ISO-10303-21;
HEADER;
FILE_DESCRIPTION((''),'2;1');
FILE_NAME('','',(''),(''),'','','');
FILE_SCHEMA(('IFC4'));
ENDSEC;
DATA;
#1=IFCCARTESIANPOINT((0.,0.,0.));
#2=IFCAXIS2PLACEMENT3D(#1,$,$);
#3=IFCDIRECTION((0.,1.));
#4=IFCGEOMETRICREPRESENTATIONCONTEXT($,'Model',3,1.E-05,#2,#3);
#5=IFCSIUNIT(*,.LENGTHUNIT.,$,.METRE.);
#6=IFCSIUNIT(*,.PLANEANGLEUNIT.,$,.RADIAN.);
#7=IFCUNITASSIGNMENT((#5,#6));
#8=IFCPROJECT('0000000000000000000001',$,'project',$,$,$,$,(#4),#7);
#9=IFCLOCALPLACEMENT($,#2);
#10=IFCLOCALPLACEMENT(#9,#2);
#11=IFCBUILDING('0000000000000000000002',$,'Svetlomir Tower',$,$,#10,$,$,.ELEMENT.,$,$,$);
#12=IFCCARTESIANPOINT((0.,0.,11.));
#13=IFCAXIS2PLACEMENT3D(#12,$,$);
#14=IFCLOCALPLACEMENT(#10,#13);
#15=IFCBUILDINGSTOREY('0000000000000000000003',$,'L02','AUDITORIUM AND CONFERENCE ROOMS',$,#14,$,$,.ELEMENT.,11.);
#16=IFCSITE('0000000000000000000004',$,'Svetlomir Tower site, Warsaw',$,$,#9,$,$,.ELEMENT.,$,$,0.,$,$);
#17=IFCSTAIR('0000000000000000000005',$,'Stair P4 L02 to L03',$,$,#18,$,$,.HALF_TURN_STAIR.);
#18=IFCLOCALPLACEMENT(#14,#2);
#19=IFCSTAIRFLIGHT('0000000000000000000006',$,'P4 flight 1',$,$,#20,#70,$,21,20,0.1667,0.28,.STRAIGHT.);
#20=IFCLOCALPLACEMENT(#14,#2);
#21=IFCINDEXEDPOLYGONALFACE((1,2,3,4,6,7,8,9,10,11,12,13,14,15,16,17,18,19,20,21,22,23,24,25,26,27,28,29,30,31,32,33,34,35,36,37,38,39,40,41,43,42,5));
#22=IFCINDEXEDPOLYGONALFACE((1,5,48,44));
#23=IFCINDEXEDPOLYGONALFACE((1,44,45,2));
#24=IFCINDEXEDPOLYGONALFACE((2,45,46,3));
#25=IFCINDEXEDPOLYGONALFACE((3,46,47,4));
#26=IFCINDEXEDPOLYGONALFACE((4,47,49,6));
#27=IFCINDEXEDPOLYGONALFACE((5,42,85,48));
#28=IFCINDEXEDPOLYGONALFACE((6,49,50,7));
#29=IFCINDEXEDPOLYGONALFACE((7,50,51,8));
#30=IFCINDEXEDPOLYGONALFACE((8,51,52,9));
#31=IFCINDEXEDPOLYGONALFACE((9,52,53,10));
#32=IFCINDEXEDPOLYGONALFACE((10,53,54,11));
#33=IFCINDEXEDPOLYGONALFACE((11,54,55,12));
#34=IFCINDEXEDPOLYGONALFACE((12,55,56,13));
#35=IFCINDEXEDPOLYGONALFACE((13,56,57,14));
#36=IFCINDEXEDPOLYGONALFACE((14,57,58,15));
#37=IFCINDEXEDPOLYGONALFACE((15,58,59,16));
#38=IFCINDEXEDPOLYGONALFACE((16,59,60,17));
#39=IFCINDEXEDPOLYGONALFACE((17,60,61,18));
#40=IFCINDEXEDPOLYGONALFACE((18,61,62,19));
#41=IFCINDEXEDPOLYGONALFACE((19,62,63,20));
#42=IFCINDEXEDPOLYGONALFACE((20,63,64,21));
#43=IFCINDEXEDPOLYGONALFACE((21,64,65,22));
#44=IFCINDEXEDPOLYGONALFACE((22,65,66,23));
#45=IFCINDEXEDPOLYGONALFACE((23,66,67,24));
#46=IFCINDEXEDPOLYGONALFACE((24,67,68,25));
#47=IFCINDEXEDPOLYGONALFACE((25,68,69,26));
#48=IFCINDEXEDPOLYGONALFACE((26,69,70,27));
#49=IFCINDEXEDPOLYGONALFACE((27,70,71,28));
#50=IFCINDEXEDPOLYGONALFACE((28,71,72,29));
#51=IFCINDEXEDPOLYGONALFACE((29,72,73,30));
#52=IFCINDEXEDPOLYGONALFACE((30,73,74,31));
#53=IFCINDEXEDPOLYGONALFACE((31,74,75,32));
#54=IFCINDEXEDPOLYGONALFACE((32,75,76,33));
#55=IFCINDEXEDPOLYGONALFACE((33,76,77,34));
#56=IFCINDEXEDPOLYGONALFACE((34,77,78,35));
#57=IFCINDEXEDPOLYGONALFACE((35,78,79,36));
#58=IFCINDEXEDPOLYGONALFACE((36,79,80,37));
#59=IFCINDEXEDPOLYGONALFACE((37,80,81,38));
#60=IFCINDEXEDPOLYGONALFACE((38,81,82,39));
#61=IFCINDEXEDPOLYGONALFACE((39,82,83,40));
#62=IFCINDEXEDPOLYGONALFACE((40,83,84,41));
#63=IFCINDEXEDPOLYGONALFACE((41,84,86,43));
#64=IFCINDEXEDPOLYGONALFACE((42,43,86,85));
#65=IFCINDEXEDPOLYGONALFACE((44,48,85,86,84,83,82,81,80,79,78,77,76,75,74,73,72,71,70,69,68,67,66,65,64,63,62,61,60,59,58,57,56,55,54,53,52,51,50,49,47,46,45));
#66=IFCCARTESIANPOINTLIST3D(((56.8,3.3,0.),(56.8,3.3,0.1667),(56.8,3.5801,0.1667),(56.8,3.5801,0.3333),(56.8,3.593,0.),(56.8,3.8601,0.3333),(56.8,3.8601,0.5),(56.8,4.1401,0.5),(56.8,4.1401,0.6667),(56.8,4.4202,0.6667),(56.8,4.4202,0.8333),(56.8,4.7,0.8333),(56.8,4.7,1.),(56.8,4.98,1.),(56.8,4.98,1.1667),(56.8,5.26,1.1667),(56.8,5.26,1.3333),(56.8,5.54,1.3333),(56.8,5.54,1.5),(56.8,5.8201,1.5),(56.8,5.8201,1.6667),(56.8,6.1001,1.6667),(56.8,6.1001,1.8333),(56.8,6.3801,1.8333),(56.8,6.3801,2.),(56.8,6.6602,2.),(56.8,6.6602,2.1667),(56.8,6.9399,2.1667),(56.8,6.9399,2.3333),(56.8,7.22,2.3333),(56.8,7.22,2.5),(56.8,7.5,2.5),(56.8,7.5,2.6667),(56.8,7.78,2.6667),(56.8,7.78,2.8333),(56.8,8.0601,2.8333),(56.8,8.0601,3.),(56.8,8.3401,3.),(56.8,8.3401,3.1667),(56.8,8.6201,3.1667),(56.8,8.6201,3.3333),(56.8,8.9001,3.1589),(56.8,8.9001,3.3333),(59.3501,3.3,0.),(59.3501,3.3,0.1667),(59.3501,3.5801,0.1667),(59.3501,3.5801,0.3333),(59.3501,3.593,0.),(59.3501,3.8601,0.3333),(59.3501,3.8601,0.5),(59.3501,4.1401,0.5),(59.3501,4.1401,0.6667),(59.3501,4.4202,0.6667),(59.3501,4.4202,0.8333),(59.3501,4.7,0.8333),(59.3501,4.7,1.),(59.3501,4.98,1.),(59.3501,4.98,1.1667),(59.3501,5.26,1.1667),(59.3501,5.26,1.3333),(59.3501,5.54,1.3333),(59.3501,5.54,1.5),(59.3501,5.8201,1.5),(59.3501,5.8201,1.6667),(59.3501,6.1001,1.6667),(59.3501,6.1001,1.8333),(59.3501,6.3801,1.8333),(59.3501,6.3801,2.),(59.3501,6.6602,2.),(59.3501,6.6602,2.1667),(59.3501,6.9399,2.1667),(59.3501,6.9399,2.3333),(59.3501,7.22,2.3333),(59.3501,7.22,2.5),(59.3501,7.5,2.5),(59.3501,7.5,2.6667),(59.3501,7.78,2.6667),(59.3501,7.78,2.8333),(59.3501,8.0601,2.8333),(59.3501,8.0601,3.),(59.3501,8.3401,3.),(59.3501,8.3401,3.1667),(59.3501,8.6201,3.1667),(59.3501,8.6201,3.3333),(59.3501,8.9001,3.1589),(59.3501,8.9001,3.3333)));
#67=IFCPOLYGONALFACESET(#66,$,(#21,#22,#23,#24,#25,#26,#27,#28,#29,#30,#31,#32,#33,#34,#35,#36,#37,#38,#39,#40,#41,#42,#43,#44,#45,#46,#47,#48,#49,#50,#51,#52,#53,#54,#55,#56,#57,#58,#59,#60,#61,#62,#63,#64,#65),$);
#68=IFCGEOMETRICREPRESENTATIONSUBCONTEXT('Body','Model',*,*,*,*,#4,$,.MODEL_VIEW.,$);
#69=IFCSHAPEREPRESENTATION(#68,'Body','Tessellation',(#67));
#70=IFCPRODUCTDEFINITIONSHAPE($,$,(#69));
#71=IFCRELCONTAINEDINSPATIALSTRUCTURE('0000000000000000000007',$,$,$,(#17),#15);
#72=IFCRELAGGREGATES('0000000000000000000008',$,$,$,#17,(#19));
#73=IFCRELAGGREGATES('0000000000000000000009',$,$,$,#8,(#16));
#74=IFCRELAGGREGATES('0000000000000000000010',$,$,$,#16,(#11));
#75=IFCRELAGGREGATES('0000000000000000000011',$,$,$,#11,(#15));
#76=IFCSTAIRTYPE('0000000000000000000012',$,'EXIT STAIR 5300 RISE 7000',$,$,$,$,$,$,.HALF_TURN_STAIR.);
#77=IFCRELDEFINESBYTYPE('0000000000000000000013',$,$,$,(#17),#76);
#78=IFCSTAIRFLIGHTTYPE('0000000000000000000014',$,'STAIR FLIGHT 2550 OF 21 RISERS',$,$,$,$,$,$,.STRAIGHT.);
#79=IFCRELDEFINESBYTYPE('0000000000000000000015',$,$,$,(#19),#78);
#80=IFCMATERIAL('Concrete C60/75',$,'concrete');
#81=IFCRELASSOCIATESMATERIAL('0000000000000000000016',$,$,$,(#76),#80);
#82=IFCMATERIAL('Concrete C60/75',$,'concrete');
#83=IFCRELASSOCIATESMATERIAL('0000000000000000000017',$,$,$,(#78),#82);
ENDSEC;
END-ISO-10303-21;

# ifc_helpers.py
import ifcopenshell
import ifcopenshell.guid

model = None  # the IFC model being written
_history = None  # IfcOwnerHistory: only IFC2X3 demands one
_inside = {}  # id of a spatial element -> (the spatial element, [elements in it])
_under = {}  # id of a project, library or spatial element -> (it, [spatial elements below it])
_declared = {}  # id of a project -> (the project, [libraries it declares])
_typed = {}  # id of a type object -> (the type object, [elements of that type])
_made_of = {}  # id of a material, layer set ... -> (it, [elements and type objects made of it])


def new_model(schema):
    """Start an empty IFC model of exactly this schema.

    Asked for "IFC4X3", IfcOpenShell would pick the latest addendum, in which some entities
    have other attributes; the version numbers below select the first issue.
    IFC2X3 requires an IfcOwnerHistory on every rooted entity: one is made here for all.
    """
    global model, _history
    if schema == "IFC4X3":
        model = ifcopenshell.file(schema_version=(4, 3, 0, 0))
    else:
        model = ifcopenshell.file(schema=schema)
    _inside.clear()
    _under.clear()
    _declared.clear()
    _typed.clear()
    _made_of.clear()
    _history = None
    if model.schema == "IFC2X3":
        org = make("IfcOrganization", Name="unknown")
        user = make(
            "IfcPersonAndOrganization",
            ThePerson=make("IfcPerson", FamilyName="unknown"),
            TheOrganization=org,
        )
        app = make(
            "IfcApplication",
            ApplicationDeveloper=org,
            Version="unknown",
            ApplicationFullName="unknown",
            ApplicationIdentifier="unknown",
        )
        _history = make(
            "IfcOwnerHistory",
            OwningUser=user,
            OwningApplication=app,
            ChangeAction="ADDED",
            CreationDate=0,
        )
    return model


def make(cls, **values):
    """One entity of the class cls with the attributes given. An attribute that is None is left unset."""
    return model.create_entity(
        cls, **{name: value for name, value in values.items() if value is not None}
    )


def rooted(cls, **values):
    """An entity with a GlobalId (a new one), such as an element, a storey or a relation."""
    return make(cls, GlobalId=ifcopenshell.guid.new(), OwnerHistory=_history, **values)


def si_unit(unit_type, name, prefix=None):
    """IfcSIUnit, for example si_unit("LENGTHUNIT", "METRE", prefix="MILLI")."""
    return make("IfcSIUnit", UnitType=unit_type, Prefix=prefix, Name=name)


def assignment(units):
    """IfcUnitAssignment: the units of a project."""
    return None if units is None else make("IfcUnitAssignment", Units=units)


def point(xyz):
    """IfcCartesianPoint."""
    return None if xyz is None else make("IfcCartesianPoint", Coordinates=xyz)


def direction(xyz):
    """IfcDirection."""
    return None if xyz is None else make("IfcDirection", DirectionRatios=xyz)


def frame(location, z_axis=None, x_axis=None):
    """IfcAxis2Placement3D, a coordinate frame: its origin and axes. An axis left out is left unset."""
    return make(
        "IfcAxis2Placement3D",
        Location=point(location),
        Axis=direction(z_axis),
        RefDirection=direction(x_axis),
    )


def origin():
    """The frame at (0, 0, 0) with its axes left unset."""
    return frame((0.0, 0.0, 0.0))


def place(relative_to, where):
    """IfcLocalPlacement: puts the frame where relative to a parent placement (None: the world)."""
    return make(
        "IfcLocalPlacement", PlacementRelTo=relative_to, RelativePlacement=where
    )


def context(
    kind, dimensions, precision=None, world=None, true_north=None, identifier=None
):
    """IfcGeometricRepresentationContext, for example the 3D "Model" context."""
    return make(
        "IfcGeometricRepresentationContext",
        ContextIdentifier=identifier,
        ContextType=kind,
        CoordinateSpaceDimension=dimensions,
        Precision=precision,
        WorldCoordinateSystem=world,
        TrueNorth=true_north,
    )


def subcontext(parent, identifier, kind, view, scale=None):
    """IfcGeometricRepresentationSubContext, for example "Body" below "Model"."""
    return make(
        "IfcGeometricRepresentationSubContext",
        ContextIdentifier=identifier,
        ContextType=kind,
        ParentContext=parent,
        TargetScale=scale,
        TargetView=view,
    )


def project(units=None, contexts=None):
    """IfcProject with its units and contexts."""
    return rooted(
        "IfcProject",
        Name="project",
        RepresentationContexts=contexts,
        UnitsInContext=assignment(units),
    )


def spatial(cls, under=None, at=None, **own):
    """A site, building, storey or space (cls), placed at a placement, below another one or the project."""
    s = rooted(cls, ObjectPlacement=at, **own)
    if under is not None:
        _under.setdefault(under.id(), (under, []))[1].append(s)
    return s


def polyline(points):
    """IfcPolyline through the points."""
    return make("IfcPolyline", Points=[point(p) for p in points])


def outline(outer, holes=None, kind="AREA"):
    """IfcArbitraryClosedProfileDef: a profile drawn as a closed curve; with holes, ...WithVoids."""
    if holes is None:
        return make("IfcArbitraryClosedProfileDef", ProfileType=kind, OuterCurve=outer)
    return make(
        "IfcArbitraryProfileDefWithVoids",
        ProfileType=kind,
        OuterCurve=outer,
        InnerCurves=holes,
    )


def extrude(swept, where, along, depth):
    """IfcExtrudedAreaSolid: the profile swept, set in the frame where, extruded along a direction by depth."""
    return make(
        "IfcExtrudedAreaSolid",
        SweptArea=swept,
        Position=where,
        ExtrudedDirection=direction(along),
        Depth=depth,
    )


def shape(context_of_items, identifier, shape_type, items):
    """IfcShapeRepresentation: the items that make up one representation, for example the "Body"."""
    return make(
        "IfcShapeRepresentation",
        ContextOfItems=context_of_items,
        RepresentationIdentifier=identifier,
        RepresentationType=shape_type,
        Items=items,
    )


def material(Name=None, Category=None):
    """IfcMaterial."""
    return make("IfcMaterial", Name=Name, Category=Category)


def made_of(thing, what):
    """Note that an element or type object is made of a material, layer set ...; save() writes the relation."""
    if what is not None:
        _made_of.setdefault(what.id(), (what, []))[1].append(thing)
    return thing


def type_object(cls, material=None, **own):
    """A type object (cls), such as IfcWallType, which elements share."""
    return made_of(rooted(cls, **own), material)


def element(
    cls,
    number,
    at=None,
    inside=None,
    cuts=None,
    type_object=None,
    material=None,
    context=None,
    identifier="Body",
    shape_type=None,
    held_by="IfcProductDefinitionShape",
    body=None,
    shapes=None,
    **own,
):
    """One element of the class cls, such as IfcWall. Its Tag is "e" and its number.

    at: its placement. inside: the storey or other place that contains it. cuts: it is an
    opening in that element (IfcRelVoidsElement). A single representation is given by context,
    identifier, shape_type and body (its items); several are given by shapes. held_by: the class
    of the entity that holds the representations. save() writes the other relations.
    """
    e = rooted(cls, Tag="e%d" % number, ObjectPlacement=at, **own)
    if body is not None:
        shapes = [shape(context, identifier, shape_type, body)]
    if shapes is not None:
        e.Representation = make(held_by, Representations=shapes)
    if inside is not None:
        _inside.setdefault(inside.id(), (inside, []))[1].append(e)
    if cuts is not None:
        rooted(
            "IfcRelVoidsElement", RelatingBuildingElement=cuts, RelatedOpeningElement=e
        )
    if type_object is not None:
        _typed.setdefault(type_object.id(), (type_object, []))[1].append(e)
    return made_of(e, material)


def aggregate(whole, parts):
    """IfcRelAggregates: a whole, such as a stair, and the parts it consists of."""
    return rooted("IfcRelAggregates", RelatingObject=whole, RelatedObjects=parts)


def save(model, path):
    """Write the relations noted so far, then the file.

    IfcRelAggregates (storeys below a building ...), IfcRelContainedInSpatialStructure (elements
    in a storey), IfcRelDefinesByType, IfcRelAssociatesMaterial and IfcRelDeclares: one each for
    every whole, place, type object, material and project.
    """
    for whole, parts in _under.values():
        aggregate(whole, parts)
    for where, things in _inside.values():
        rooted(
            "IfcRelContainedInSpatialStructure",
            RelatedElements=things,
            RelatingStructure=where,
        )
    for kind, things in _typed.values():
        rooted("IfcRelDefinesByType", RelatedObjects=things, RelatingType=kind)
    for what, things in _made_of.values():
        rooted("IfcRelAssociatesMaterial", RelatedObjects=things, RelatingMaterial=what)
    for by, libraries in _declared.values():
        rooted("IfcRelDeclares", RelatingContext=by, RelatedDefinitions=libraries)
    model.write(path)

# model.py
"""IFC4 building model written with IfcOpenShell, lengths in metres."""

from ifc_helpers import new_model, si_unit, direction, frame, origin, place, context, subcontext, project, spatial, polyline, outline, extrude, material, type_object, element, aggregate, save


model = new_model("IFC4")

# Units and contexts
model_context = context("Model", 3, precision=1e-05, world=origin(), true_north=direction((0.0, 1.0)))
body_context = subcontext(model_context, "Body", "Model", "MODEL_VIEW")
ifc_project = project(units=[si_unit("LENGTHUNIT", "METRE"), si_unit("PLANEANGLEUNIT", "RADIAN")], contexts=[model_context])

# Site, building, storey
site_placement = place(None, origin())
site = spatial("IfcSite", under=ifc_project, at=site_placement, Name="Svetlomir Tower site, Warsaw", CompositionType="ELEMENT", RefElevation=0.0)
building_placement = place(site_placement, origin())
building = spatial("IfcBuilding", under=site, at=building_placement, Name="Svetlomir Tower", CompositionType="ELEMENT")
storey_placement = place(building_placement, frame((0.0, 0.0, 11.0)))
storey = spatial("IfcBuildingStorey", under=building, at=storey_placement, Name="L02", Description="AUDITORIUM AND CONFERENCE ROOMS", CompositionType="ELEMENT", Elevation=11.0)

# Stair, stair flight
ifc_material_1 = material(Name="Concrete C60/75", Category="concrete")
stair_type = type_object("IfcStairType", Name="EXIT STAIR 5300 RISE 7000", PredefinedType="HALF_TURN_STAIR", material=ifc_material_1)
stair_placement = place(storey_placement, origin())
stair = element("IfcStair", 1, at=stair_placement, inside=storey, type_object=stair_type, Name="Stair P4 L02 to L03", PredefinedType="HALF_TURN_STAIR")
ifc_material_2 = material(Name="Concrete C60/75", Category="concrete")
stair_flight_type = type_object("IfcStairFlightType", Name="STAIR FLIGHT 2550 OF 21 RISERS", PredefinedType="STRAIGHT", material=ifc_material_2)
stair_flight_placement = place(storey_placement, frame((58.075, 3.3, 0.0), z_axis=(0.0, 0.0, 1.0), x_axis=(0.0, 1.0, 0.0)))
stair_flight = element("IfcStairFlight", 2, at=stair_flight_placement, type_object=stair_flight_type, Name="P4 flight 1", NumberOfRisers=21, NumberOfTreads=20, PredefinedType="STRAIGHT", RiserHeight=0.1667, TreadLength=0.28, context=body_context, shape_type="SweptSolid", body=[
    extrude(outline(polyline([(0.0, 0.0), (0.0, 0.1667), (0.28, 0.1667), (0.28, 0.3333), (0.5601, 0.3333), (0.5601, 0.5), (0.8401, 0.5), (0.8401, 0.6667), (1.1201, 0.6667), (1.1201, 0.8333), (1.3999, 0.8333), (1.3999, 1.0), (1.6799, 1.0), (1.6799, 1.1667), (1.96, 1.1667), (1.96, 1.3333), (2.24, 1.3333), (2.24, 1.5), (2.52, 1.5), (2.52, 1.6667), (2.8, 1.6667), (2.8, 1.8333), (3.0801, 1.8333), (3.0801, 2.0), (3.3601, 2.0), (3.3601, 2.1667), (3.6399, 2.1667), (3.6399, 2.3333), (3.9199, 2.3333), (3.9199, 2.5), (4.2, 2.5), (4.2, 2.6667), (4.48, 2.6667), (4.48, 2.8333), (4.76, 2.8333), (4.76, 3.0), (5.04, 3.0), (5.04, 3.1667), (5.3201, 3.1667), (5.3201, 3.3333), (5.6001, 3.3333), (5.6001, 3.5), (5.6001, 3.1589), (0.293, 0.0), (0.0, 0.0)])), frame((0.0, 1.2749, 0.0), z_axis=(0.0, -1.0, 0.0), x_axis=(1.0, 0.0, 0.0)), (0.0, 0.0, 1.0), 2.55),
])
aggregate(stair, [stair_flight])

save(model, "model.ifc")
